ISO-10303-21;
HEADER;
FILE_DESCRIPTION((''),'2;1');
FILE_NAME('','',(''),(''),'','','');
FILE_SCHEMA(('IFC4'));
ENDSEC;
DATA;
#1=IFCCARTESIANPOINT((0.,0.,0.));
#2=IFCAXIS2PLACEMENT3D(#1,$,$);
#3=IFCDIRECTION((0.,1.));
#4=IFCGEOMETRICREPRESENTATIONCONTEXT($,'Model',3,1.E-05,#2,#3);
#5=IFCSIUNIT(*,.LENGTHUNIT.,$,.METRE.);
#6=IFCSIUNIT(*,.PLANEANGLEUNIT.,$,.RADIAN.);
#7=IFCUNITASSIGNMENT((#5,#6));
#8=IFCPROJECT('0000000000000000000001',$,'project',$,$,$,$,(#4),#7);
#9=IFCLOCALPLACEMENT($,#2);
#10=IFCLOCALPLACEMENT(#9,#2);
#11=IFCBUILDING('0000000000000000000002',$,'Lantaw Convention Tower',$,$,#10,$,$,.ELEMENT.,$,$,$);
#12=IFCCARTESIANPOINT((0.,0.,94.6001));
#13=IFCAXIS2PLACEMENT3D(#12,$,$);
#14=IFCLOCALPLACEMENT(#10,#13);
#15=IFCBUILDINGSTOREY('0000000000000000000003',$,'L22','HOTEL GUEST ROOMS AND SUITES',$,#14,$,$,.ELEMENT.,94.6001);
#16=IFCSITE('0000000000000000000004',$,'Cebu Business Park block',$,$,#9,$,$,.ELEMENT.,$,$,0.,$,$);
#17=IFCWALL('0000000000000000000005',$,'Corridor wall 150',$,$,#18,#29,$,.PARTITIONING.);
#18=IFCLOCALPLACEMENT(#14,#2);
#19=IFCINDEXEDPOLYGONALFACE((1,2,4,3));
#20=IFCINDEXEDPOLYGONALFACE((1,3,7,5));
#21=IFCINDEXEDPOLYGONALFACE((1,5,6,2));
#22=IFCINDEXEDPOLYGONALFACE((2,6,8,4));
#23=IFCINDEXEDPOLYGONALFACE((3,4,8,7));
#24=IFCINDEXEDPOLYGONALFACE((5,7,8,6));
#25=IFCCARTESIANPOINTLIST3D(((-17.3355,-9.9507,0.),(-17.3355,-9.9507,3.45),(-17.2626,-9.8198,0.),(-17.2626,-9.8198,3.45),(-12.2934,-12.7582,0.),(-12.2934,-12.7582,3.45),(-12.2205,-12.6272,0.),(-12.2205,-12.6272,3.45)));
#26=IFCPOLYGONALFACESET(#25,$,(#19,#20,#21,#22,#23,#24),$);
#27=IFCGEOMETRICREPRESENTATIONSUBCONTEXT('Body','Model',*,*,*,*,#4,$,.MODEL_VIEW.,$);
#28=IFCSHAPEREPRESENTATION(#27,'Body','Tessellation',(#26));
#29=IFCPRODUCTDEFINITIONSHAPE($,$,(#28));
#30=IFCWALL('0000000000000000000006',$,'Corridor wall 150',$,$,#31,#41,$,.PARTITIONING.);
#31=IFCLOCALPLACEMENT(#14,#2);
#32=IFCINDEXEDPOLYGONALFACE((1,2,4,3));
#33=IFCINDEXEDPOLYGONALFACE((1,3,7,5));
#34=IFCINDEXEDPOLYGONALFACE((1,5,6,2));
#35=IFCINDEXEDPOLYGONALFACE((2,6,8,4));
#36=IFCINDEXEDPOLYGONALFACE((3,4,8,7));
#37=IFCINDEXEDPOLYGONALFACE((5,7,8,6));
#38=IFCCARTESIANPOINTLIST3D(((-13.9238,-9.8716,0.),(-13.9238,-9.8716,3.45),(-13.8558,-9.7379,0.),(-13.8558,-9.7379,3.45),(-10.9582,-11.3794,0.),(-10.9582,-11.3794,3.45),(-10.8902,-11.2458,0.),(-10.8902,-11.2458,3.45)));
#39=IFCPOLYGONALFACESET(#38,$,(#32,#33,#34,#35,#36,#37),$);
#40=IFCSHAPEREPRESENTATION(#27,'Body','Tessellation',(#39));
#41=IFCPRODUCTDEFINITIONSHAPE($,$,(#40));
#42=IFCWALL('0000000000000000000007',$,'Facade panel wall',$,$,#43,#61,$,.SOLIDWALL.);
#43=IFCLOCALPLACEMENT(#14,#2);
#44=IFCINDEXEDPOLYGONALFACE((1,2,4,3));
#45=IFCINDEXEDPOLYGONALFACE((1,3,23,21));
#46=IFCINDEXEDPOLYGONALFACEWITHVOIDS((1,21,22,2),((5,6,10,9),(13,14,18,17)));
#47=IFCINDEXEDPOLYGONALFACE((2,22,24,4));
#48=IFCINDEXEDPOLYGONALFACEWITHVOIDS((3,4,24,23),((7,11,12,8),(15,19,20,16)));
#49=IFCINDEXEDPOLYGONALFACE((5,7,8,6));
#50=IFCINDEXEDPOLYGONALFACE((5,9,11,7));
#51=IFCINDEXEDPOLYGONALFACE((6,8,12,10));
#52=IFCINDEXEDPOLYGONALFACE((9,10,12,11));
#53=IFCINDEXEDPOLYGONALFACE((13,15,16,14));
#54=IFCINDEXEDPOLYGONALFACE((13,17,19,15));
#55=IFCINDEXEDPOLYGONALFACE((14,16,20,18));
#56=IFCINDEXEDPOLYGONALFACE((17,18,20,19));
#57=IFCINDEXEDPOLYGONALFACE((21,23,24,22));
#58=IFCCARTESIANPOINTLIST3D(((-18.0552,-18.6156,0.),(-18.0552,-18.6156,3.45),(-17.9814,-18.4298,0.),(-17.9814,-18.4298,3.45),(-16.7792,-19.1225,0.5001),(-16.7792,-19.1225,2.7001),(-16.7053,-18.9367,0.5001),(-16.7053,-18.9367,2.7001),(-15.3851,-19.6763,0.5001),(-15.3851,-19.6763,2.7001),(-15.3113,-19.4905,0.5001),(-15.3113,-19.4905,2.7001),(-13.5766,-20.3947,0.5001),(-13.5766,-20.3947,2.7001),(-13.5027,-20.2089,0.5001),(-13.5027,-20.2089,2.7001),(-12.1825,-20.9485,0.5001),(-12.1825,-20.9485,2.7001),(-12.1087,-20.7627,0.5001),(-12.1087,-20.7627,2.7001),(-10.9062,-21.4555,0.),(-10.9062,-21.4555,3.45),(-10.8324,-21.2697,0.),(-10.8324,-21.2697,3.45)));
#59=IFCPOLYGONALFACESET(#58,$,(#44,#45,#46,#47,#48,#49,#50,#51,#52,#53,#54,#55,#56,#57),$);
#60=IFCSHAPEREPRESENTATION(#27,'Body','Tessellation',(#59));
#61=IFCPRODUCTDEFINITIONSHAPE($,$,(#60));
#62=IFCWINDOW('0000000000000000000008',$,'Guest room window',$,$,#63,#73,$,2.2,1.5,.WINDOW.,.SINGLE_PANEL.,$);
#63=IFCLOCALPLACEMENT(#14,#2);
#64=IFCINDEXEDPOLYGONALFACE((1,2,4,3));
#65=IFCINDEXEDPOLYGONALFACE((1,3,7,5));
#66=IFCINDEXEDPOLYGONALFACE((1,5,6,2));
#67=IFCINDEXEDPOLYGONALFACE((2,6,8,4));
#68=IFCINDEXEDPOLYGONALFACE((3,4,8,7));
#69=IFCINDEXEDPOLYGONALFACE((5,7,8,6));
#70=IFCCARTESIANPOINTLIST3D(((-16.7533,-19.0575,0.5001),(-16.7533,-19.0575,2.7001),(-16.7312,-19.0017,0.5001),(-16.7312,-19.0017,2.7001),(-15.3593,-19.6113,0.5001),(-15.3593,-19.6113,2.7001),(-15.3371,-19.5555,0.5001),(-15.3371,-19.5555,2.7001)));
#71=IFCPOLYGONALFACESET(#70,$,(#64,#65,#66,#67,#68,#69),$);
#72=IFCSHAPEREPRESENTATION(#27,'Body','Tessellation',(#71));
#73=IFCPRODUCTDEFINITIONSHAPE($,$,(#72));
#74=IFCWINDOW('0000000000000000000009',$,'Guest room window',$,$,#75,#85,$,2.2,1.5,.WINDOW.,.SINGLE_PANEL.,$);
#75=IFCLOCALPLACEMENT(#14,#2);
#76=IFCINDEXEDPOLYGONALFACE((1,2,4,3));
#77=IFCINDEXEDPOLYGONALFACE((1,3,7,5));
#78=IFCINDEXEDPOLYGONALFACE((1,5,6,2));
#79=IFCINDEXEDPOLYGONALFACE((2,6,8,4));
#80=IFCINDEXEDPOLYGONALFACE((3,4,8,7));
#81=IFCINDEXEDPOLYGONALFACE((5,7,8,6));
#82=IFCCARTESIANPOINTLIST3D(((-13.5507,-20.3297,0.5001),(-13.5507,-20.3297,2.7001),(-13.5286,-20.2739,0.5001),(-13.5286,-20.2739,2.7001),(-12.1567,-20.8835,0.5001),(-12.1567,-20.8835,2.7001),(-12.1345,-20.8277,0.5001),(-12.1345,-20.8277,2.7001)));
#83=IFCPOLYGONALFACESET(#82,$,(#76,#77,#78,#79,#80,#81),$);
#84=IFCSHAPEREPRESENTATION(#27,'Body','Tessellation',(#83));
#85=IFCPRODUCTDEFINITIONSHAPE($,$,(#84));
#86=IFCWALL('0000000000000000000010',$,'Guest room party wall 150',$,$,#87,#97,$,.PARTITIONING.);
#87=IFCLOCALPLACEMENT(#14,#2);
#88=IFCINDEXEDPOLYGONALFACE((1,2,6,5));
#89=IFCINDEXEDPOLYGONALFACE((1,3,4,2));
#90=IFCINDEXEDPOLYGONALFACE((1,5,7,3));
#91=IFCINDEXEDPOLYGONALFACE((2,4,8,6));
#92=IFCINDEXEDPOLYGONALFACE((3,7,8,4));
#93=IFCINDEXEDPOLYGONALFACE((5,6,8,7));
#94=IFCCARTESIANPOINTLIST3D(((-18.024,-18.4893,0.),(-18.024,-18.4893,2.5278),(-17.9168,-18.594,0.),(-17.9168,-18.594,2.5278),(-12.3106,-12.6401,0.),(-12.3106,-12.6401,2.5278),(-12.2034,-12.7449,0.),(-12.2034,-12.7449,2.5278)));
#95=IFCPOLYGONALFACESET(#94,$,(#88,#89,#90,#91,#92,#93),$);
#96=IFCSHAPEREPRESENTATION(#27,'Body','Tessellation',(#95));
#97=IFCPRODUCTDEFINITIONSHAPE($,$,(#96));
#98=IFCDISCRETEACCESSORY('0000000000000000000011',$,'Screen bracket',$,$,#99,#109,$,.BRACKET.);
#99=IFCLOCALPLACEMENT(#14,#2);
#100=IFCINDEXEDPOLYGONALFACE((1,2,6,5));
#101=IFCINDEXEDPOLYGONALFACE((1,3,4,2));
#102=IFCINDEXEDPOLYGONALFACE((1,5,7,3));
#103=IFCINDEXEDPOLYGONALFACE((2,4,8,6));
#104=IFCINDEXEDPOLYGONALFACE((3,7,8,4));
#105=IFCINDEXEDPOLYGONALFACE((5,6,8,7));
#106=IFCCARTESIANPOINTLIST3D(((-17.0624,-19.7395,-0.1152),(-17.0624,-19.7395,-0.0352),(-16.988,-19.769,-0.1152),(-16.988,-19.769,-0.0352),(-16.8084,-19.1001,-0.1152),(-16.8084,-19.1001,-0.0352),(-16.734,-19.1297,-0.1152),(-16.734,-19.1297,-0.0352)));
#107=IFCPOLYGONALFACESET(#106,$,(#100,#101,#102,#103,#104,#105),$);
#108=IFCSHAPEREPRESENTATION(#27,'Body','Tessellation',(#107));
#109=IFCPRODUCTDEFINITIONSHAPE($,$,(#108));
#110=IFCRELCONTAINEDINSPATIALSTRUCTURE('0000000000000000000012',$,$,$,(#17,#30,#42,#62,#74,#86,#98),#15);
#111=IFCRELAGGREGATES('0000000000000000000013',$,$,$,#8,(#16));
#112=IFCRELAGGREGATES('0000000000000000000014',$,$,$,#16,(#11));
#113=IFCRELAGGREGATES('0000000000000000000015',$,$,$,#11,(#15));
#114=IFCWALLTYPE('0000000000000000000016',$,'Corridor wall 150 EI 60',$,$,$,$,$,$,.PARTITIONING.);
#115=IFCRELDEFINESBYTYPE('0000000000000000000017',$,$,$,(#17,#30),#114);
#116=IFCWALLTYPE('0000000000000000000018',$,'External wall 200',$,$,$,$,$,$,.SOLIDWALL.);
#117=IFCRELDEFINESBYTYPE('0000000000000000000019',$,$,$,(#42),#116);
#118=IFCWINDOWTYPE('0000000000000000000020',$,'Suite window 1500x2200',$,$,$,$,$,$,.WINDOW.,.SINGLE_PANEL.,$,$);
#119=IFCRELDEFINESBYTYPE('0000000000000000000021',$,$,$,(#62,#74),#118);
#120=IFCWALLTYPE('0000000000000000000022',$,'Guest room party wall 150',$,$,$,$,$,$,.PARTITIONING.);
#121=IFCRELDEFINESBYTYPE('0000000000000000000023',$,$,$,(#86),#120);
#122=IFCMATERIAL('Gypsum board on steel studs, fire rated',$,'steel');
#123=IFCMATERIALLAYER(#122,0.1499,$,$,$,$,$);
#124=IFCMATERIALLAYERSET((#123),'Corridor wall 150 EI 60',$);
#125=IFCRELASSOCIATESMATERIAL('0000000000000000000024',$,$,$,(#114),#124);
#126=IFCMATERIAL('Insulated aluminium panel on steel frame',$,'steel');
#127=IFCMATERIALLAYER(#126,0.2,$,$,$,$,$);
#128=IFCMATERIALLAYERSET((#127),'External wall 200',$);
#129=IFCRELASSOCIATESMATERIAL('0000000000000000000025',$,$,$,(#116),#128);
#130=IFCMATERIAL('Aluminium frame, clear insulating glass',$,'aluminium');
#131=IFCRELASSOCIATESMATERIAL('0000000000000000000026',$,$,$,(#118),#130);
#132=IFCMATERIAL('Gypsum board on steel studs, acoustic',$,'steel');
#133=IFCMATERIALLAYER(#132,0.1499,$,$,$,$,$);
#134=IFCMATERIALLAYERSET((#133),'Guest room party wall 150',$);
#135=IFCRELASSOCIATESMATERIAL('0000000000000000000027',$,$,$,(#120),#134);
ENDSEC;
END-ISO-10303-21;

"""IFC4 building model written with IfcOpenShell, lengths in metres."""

from ifc_helpers import new_model, si_unit, direction, frame, frame_2d, origin, origin_2d, place, context, subcontext, project, spatial, rectangle, extrude, material, layer, layer_set, type_object, element, fill, save


model = new_model("IFC4")

# Units and contexts
model_context = context("Model", 3, precision=1e-05, world=origin(), true_north=direction((0.0, 1.0)))
body_context = subcontext(model_context, "Body", "Model", "MODEL_VIEW")
ifc_project = project(units=[si_unit("LENGTHUNIT", "METRE"), si_unit("PLANEANGLEUNIT", "RADIAN")], contexts=[model_context])

# Site, building, storey
site_placement = place(None, origin())
site = spatial("IfcSite", under=ifc_project, at=site_placement, Name="Cebu Business Park block", CompositionType="ELEMENT", RefElevation=0.0)
building_placement = place(site_placement, origin())
building = spatial("IfcBuilding", under=site, at=building_placement, Name="Lantaw Convention Tower", CompositionType="ELEMENT")
storey_placement = place(building_placement, frame((0.0, 0.0, 94.6001)))
storey = spatial("IfcBuildingStorey", under=building, at=storey_placement, Name="L22", Description="HOTEL GUEST ROOMS AND SUITES", CompositionType="ELEMENT", Elevation=94.6001)

# Walls
ifc_material_1 = material(Name="Gypsum board on steel studs, fire rated", Category="steel")
ifc_layer_1 = layer(ifc_material_1, 0.1499)
ifc_layer_set_1 = layer_set([ifc_layer_1], Name="Corridor wall 150 EI 60")
wall_type_1 = type_object("IfcWallType", Name="Corridor wall 150 EI 60", PredefinedType="PARTITIONING", material=ifc_layer_set_1)
wall_1_placement = place(storey_placement, frame((-17.2991, -9.8853, 0.0), z_axis=(0.0, 0.0, 1.0), x_axis=(0.873696, -0.486472, 0.0)))
element("IfcWall", 1, at=wall_1_placement, inside=storey, type_object=wall_type_1, Name="Corridor wall 150", PredefinedType="PARTITIONING", context=body_context, shape_type="SweptSolid", body=[
    extrude(rectangle(XDim=5.771, YDim=0.1499, at=frame_2d((2.8855, 0.0))), origin(), (0.0, 0.0, 1.0), 3.45),
])
wall_2_placement = place(storey_placement, frame((-13.8899, -9.8047, 0.0), z_axis=(0.0, 0.0, 1.0), x_axis=(0.891398, -0.453221, 0.0)))
element("IfcWall", 2, at=wall_2_placement, inside=storey, type_object=wall_type_1, Name="Corridor wall 150", PredefinedType="PARTITIONING", context=body_context, shape_type="SweptSolid", body=[
    extrude(rectangle(XDim=3.3269, YDim=0.1499, at=frame_2d((1.6636, 0.0))), origin(), (0.0, 0.0, 1.0), 3.45),
])

# Wall, openings, windows
ifc_material_2 = material(Name="Insulated aluminium panel on steel frame", Category="steel")
ifc_layer_2 = layer(ifc_material_2, 0.2)
ifc_layer_set_2 = layer_set([ifc_layer_2], Name="External wall 200")
wall_type_2 = type_object("IfcWallType", Name="External wall 200", PredefinedType="SOLIDWALL", material=ifc_layer_set_2)
wall_3_placement = place(storey_placement, frame((-18.0183, -18.5227, 0.0), z_axis=(0.0, 0.0, 1.0), x_axis=(0.929358, -0.369179, 0.0)))
wall_3 = element("IfcWall", 3, at=wall_3_placement, inside=storey, type_object=wall_type_2, Name="Facade panel wall", PredefinedType="SOLIDWALL", context=body_context, shape_type="SweptSolid", body=[
    extrude(rectangle(XDim=7.6924, YDim=0.2, at=frame_2d((3.8462, 0.0))), origin(), (0.0, 0.0, 1.0), 3.45),
])
opening_1_placement = place(wall_3_placement, frame((1.373, 0.0, 0.5)))
opening_1 = element("IfcOpeningElement", 4, at=opening_1_placement, cuts=wall_3, PredefinedType="OPENING", context=body_context, shape_type="SweptSolid", body=[
    extrude(rectangle(XDim=1.5, YDim=2.2, at=frame_2d((0.75, 1.1001))), frame((0.0, 0.1099, 0.0), z_axis=(0.0, -1.0, 0.0), x_axis=(1.0, 0.0, 0.0)), (0.0, 0.0, 1.0), 0.22),
])
opening_2_placement = place(wall_3_placement, frame((4.8191, 0.0, 0.5)))
opening_2 = element("IfcOpeningElement", 5, at=opening_2_placement, cuts=wall_3, PredefinedType="OPENING", context=body_context, shape_type="SweptSolid", body=[
    extrude(rectangle(XDim=1.5, YDim=2.2, at=frame_2d((0.75, 1.1001))), frame((0.0, 0.1099, 0.0), z_axis=(0.0, -1.0, 0.0), x_axis=(1.0, 0.0, 0.0)), (0.0, 0.0, 1.0), 0.22),
])
ifc_material_3 = material(Name="Aluminium frame, clear insulating glass", Category="aluminium")
window_type = type_object("IfcWindowType", Name="Suite window 1500x2200", PartitioningType="SINGLE_PANEL", PredefinedType="WINDOW", material=ifc_material_3)
window_1_placement = place(opening_1_placement, origin())
window_1 = element("IfcWindow", 6, at=window_1_placement, inside=storey, type_object=window_type, Name="Guest room window", OverallHeight=2.2, OverallWidth=1.5, PartitioningType="SINGLE_PANEL", PredefinedType="WINDOW", context=body_context, shape_type="SweptSolid", body=[
    extrude(rectangle(XDim=1.5, YDim=2.2, at=frame_2d((0.75, 1.1001))), frame((0.0, 0.03, 0.0), z_axis=(0.0, -1.0, 0.0), x_axis=(1.0, 0.0, 0.0)), (0.0, 0.0, 1.0), 0.0601),
])
fill(opening_1, window_1)
window_2_placement = place(opening_2_placement, origin())
window_2 = element("IfcWindow", 7, at=window_2_placement, inside=storey, type_object=window_type, Name="Guest room window", OverallHeight=2.2, OverallWidth=1.5, PartitioningType="SINGLE_PANEL", PredefinedType="WINDOW", context=body_context, shape_type="SweptSolid", body=[
    extrude(rectangle(XDim=1.5, YDim=2.2, at=frame_2d((0.75, 1.1001))), frame((0.0, 0.03, 0.0), z_axis=(0.0, -1.0, 0.0), x_axis=(1.0, 0.0, 0.0)), (0.0, 0.0, 1.0), 0.0601),
])
fill(opening_2, window_2)

# Wall
ifc_material_4 = material(Name="Gypsum board on steel studs, acoustic", Category="steel")
ifc_layer_3 = layer(ifc_material_4, 0.1499)
ifc_layer_set_3 = layer_set([ifc_layer_3], Name="Guest room party wall 150")
wall_type_3 = type_object("IfcWallType", Name="Guest room party wall 150", PredefinedType="PARTITIONING", material=ifc_layer_set_3)
wall_4_placement = place(storey_placement, frame((-17.9705, -18.5417, 0.0), z_axis=(0.0, 0.0, 1.0), x_axis=(0.698757, 0.715359, 0.0)))
element("IfcWall", 8, at=wall_4_placement, inside=storey, type_object=wall_type_3, Name="Guest room party wall 150", PredefinedType="PARTITIONING", context=body_context, shape_type="SweptSolid", body=[
    extrude(rectangle(XDim=8.1765, YDim=0.1499, at=frame_2d((4.0884, 0.0))), origin(), (0.0, 0.0, 1.0), 2.5278),
])

# Discrete accessory
discrete_accessory_placement = place(storey_placement, frame((-16.8982, -19.4346, -0.1152), z_axis=(0.0, 0.0, 1.0), x_axis=(0.929361, -0.369172, 0.0)))
element("IfcDiscreteAccessory", 9, at=discrete_accessory_placement, inside=storey, Name="Screen bracket", PredefinedType="BRACKET", context=body_context, shape_type="SweptSolid", body=[
    extrude(rectangle(XDim=0.0801, YDim=0.688, at=origin_2d()), origin(), (0.0, 0.0, 1.0), 0.0801),
])

save(model, "model.ifc")
